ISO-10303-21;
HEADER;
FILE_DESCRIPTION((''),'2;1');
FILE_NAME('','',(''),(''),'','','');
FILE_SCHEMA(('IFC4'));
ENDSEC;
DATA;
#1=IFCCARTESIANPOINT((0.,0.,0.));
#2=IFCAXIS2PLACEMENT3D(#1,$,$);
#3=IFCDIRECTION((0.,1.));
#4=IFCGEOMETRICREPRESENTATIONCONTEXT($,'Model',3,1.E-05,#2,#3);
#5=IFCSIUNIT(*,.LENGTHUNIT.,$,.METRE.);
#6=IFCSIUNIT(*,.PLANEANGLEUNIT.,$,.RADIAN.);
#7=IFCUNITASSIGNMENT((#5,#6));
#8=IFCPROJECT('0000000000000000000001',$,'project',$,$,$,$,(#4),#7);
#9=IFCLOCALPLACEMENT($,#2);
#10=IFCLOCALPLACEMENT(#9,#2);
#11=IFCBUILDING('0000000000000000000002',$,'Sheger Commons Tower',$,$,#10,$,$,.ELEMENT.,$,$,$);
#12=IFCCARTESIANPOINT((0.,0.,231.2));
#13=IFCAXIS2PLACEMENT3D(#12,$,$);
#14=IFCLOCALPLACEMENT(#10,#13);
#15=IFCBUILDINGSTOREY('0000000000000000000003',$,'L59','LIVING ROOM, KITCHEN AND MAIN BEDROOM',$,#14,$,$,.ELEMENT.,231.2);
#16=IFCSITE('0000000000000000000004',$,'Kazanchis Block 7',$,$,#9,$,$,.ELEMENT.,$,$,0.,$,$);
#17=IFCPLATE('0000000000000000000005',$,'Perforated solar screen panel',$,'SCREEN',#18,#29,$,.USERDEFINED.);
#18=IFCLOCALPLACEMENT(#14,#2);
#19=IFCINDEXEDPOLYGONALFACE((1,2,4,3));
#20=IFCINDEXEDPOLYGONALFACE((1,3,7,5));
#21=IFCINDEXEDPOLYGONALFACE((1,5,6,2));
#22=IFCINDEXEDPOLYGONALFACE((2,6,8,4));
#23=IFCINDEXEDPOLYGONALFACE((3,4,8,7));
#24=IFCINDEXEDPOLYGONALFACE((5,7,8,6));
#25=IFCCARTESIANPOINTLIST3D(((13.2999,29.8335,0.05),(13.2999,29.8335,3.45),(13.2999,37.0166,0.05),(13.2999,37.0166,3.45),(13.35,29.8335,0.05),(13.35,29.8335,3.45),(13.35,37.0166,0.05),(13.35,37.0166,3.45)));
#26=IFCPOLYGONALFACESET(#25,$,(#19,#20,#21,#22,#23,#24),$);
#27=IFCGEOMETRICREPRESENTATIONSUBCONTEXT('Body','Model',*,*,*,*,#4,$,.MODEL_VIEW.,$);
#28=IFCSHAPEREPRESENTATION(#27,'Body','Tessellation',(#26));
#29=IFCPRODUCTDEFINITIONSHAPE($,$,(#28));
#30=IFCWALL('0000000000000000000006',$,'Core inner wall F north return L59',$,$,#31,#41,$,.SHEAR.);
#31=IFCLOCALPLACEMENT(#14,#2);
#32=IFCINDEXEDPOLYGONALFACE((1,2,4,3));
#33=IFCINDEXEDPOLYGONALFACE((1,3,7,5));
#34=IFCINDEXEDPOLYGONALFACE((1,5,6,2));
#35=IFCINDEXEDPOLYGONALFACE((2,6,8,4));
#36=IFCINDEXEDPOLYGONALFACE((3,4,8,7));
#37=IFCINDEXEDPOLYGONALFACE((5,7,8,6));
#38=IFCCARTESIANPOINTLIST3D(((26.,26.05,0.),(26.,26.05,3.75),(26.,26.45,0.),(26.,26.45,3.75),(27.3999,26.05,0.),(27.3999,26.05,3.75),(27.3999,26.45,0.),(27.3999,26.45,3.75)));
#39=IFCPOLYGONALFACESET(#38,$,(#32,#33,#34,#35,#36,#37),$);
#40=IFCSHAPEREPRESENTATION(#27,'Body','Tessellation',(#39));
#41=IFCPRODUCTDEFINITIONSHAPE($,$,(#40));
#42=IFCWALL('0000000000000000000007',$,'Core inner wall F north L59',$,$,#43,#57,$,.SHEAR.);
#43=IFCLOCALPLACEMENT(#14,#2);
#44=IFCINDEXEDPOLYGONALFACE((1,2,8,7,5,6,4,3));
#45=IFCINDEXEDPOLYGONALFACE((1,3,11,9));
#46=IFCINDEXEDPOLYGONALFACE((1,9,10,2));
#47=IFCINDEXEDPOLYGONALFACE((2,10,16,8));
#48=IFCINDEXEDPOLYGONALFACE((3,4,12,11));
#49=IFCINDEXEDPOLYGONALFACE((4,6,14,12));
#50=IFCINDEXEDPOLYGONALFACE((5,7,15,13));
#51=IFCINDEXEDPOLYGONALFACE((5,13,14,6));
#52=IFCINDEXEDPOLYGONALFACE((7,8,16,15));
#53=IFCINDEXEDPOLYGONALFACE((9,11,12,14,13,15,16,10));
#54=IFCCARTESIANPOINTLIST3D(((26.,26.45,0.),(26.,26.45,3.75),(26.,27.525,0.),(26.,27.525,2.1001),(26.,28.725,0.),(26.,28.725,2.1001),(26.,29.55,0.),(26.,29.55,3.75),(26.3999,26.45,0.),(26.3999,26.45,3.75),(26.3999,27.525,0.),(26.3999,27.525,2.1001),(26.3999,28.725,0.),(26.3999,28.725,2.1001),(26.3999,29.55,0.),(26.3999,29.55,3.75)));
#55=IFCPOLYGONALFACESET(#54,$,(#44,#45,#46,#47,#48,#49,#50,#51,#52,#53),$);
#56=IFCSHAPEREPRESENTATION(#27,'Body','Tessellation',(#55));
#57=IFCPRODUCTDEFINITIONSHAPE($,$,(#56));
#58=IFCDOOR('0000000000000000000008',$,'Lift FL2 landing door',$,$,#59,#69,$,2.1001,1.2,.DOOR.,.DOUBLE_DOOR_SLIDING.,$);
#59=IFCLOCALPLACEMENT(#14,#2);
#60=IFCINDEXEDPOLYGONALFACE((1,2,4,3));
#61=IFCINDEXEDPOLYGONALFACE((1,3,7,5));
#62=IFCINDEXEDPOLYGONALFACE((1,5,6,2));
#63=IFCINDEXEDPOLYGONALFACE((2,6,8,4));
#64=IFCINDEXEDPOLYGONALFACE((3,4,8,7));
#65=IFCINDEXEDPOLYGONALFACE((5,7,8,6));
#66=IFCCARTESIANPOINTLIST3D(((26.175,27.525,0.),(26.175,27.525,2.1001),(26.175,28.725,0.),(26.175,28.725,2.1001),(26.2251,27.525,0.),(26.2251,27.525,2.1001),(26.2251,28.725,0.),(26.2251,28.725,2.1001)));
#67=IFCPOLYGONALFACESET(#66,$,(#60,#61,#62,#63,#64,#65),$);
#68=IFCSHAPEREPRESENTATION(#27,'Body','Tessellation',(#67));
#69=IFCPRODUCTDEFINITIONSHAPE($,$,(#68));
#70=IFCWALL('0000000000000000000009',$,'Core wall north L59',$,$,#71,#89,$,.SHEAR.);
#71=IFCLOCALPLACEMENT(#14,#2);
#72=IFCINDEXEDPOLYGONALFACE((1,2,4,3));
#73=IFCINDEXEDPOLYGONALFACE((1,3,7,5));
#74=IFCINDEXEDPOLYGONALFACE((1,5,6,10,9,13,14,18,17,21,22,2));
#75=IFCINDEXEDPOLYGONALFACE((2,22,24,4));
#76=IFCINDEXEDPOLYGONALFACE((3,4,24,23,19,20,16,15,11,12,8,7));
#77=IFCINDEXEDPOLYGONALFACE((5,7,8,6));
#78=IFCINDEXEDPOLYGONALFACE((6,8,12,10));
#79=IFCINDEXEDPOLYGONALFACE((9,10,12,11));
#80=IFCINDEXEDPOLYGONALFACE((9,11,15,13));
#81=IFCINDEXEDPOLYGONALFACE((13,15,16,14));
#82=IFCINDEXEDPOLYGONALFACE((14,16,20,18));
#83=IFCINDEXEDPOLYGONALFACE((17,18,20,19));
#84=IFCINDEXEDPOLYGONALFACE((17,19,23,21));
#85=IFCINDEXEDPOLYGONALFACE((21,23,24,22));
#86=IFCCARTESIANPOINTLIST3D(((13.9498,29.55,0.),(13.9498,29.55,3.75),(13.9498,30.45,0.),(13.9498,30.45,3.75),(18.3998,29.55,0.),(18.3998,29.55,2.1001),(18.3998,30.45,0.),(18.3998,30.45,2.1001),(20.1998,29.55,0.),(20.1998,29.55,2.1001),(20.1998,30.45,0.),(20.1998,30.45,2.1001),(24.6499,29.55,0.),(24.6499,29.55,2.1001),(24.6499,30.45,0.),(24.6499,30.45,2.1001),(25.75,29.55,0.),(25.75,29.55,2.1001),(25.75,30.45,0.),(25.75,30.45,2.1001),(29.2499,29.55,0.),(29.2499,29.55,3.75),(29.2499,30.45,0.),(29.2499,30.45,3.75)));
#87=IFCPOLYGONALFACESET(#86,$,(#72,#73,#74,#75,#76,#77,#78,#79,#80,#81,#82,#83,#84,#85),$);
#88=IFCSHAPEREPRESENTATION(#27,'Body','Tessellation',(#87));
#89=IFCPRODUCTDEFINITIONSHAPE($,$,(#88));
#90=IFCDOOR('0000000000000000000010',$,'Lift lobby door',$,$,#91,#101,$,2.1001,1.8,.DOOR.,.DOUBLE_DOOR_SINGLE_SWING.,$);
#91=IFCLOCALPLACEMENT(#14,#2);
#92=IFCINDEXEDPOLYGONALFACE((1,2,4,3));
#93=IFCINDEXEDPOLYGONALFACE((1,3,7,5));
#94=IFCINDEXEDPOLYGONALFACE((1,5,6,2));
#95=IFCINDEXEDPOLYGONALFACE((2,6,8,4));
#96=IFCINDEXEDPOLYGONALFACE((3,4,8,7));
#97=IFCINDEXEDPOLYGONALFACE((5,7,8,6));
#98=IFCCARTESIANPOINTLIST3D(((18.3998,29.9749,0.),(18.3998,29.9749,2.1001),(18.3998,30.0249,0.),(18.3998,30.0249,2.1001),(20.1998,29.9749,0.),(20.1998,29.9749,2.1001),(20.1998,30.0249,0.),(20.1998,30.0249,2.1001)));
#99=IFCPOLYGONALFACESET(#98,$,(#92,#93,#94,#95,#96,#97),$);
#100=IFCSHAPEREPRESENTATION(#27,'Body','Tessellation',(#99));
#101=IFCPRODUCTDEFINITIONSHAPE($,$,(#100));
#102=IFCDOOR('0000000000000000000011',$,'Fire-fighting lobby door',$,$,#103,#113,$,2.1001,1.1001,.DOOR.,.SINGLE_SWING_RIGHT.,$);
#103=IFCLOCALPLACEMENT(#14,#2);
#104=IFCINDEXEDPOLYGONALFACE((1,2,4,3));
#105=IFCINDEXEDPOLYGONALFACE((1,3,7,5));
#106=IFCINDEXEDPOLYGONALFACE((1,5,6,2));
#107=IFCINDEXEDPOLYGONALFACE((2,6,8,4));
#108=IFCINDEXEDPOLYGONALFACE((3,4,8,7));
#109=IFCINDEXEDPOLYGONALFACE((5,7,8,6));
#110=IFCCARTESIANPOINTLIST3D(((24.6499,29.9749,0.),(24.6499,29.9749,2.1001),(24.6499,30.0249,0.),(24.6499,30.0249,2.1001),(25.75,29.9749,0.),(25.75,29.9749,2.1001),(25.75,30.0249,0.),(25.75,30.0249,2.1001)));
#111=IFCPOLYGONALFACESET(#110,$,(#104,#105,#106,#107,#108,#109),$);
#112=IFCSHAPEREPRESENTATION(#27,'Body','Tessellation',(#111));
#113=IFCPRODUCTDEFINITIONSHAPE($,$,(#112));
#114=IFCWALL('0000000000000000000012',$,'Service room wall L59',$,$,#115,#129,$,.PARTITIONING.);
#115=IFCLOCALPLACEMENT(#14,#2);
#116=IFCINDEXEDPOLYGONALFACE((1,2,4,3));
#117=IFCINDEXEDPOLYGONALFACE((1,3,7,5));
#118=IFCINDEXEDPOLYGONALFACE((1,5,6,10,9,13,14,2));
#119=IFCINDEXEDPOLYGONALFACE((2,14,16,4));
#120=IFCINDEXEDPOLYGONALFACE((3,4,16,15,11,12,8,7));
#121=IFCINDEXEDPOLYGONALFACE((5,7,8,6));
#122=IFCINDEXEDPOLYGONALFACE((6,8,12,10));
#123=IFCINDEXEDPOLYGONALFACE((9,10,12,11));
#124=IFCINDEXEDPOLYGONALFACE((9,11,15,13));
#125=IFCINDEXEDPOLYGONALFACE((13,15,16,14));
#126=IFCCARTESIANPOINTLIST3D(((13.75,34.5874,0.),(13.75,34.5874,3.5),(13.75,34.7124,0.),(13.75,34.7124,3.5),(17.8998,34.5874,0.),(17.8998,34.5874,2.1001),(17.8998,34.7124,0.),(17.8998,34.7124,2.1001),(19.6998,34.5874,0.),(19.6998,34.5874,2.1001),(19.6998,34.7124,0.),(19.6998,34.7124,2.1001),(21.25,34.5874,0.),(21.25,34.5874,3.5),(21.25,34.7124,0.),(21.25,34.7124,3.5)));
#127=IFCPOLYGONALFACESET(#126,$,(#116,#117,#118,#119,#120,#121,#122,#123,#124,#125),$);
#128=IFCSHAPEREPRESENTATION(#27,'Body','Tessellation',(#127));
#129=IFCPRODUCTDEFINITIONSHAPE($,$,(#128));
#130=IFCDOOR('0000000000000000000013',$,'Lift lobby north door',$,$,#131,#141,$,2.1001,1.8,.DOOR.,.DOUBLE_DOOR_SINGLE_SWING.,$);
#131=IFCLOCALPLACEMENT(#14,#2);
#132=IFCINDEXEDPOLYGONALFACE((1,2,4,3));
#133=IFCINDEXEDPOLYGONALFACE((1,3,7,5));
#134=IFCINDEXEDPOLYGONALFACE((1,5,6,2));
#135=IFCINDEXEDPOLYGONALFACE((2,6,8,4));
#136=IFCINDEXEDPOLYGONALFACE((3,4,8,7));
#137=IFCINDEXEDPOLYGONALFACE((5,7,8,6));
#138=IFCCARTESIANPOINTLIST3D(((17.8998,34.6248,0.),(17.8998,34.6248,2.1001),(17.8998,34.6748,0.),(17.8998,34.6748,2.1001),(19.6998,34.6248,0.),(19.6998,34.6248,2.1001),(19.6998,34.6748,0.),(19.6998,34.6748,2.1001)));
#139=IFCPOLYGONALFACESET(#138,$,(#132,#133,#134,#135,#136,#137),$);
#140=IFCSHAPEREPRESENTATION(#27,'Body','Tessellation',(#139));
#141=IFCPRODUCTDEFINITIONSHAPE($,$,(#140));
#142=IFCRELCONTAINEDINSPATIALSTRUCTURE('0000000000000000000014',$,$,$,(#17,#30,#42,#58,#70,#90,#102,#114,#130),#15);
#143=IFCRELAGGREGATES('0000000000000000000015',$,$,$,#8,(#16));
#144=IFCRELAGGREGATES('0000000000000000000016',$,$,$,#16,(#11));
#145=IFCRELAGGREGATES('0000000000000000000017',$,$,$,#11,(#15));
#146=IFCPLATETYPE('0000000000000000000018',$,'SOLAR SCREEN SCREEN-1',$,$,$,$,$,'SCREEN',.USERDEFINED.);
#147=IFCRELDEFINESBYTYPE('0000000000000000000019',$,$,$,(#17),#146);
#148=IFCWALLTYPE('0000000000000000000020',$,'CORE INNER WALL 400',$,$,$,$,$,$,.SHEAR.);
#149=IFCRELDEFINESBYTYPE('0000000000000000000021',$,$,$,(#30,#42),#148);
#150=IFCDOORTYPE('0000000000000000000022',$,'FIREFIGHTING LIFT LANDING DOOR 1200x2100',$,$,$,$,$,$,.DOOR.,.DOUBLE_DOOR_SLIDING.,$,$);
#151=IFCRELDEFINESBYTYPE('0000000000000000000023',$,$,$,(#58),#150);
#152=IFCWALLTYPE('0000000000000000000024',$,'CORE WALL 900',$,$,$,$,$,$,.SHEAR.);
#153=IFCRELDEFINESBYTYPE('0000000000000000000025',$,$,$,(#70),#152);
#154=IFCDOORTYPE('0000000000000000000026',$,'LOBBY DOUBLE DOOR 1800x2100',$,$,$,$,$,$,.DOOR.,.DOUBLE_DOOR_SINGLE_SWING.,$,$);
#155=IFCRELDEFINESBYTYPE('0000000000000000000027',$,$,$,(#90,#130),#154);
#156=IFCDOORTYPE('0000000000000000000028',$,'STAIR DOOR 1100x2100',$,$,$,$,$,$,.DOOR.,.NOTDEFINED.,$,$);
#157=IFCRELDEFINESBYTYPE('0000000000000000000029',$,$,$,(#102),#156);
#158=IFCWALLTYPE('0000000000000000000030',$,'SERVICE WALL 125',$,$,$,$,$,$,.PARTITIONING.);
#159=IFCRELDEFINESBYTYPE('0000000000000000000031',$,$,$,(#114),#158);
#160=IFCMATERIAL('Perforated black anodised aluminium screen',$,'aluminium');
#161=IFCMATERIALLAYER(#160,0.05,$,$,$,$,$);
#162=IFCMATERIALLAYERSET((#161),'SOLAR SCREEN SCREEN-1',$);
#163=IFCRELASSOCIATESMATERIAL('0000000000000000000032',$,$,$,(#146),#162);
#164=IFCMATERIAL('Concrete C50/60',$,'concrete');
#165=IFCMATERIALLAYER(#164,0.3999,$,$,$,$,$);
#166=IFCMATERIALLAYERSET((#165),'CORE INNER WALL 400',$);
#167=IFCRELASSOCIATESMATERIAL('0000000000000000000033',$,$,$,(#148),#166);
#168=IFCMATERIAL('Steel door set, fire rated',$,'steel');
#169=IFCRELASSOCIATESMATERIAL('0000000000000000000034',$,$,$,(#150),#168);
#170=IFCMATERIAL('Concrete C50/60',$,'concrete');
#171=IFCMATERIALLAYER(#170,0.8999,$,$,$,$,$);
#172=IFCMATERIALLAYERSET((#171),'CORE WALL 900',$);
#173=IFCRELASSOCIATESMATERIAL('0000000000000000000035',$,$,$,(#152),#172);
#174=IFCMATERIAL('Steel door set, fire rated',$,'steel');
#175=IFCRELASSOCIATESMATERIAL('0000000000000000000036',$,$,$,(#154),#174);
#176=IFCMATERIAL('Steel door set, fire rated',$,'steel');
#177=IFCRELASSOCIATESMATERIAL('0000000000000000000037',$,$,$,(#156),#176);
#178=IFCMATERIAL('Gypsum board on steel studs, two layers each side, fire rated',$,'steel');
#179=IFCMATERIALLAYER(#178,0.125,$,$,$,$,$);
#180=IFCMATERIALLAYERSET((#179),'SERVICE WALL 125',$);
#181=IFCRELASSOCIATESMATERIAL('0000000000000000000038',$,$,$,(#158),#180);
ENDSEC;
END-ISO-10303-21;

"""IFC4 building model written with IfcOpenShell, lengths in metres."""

from ifc_helpers import new_model, si_unit, direction, frame, frame_2d, origin, origin_2d, place, context, subcontext, project, spatial, rectangle, extrude, material, layer, layer_set, type_object, element, fill, save


model = new_model("IFC4")

# Units and contexts
model_context = context("Model", 3, precision=1e-05, world=origin(), true_north=direction((0.0, 1.0)))
body_context = subcontext(model_context, "Body", "Model", "MODEL_VIEW")
ifc_project = project(units=[si_unit("LENGTHUNIT", "METRE"), si_unit("PLANEANGLEUNIT", "RADIAN")], contexts=[model_context])

# Site, building, storey
site_placement = place(None, origin())
site = spatial("IfcSite", under=ifc_project, at=site_placement, Name="Kazanchis Block 7", CompositionType="ELEMENT", RefElevation=0.0)
building_placement = place(site_placement, origin())
building = spatial("IfcBuilding", under=site, at=building_placement, Name="Sheger Commons Tower", CompositionType="ELEMENT")
storey_placement = place(building_placement, frame((0.0, 0.0, 231.2)))
storey = spatial("IfcBuildingStorey", under=building, at=storey_placement, Name="L59", Description="LIVING ROOM, KITCHEN AND MAIN BEDROOM", CompositionType="ELEMENT", Elevation=231.2)

# Plate
ifc_material_1 = material(Name="Perforated black anodised aluminium screen", Category="aluminium")
ifc_layer_1 = layer(ifc_material_1, 0.05)
ifc_layer_set_1 = layer_set([ifc_layer_1], Name="SOLAR SCREEN SCREEN-1")
plate_type = type_object("IfcPlateType", Name="SOLAR SCREEN SCREEN-1", ElementType="SCREEN", PredefinedType="USERDEFINED", material=ifc_layer_set_1)
plate_placement = place(storey_placement, frame((13.325, 33.425, 0.05), z_axis=(0.0, 0.0, 1.0), x_axis=(0.0, -1.0, 0.0)))
element("IfcPlate", 1, at=plate_placement, inside=storey, type_object=plate_type, Name="Perforated solar screen panel", ObjectType="SCREEN", PredefinedType="USERDEFINED", context=body_context, shape_type="SweptSolid", body=[
    extrude(rectangle(XDim=7.1831, YDim=0.05, at=origin_2d()), origin(), (0.0, 0.0, 1.0), 3.3999),
])

# Wall
ifc_material_2 = material(Name="Concrete C50/60", Category="concrete")
ifc_layer_2 = layer(ifc_material_2, 0.3999)
ifc_layer_set_2 = layer_set([ifc_layer_2], Name="CORE INNER WALL 400")
wall_type_1 = type_object("IfcWallType", Name="CORE INNER WALL 400", PredefinedType="SHEAR", material=ifc_layer_set_2)
wall_1_placement = place(storey_placement, frame((26.0, 26.25, 0.0), z_axis=(0.0, 0.0, 1.0), x_axis=(1.0, 0.0, 0.0)))
element("IfcWall", 2, at=wall_1_placement, inside=storey, type_object=wall_type_1, Name="Core inner wall F north return L59", PredefinedType="SHEAR", context=body_context, shape_type="SweptSolid", body=[
    extrude(rectangle(XDim=1.3999, YDim=0.3999, at=frame_2d((0.7, 0.0))), origin(), (0.0, 0.0, 1.0), 3.75),
])

# Wall, opening, door
wall_2_placement = place(storey_placement, frame((26.2, 26.45, 0.0), z_axis=(0.0, 0.0, 1.0), x_axis=(0.0, 1.0, 0.0)))
wall_2 = element("IfcWall", 3, at=wall_2_placement, inside=storey, type_object=wall_type_1, Name="Core inner wall F north L59", PredefinedType="SHEAR", context=body_context, shape_type="SweptSolid", body=[
    extrude(rectangle(XDim=3.1001, YDim=0.3999, at=frame_2d((1.55, 0.0))), origin(), (0.0, 0.0, 1.0), 3.75),
])
opening_1_placement = place(wall_2_placement, frame((1.075, 0.0, 0.0)))
opening_1 = element("IfcOpeningElement", 4, at=opening_1_placement, cuts=wall_2, PredefinedType="OPENING", context=body_context, shape_type="SweptSolid", body=[
    extrude(rectangle(XDim=1.2, YDim=2.1001, at=frame_2d((0.6001, 1.05))), frame((0.0, 0.21, 0.0), z_axis=(0.0, -1.0, 0.0), x_axis=(1.0, 0.0, 0.0)), (0.0, 0.0, 1.0), 0.4199),
])
ifc_material_3 = material(Name="Steel door set, fire rated", Category="steel")
door_type_1 = type_object("IfcDoorType", Name="FIREFIGHTING LIFT LANDING DOOR 1200x2100", OperationType="DOUBLE_DOOR_SLIDING", PredefinedType="DOOR", material=ifc_material_3)
door_1_placement = place(opening_1_placement, origin())
door_1 = element("IfcDoor", 5, at=door_1_placement, inside=storey, type_object=door_type_1, Name="Lift FL2 landing door", OperationType="DOUBLE_DOOR_SLIDING", OverallHeight=2.1001, OverallWidth=1.2, PredefinedType="DOOR", context=body_context, shape_type="SweptSolid", body=[
    extrude(rectangle(XDim=1.2, YDim=2.1001, at=frame_2d((0.6001, 1.05))), frame((0.0, 0.0249, 0.0), z_axis=(0.0, -1.0, 0.0), x_axis=(1.0, 0.0, 0.0)), (0.0, 0.0, 1.0), 0.05),
])
fill(opening_1, door_1)

# Wall, openings, doors
ifc_material_4 = material(Name="Concrete C50/60", Category="concrete")
ifc_layer_3 = layer(ifc_material_4, 0.8999)
ifc_layer_set_3 = layer_set([ifc_layer_3], Name="CORE WALL 900")
wall_type_2 = type_object("IfcWallType", Name="CORE WALL 900", PredefinedType="SHEAR", material=ifc_layer_set_3)
wall_3_placement = place(storey_placement, frame((13.95, 30.0, 0.0), z_axis=(0.0, 0.0, 1.0), x_axis=(1.0, 0.0, 0.0)))
wall_3 = element("IfcWall", 6, at=wall_3_placement, inside=storey, type_object=wall_type_2, Name="Core wall north L59", PredefinedType="SHEAR", context=body_context, shape_type="SweptSolid", body=[
    extrude(rectangle(XDim=15.3, YDim=0.8999, at=frame_2d((7.6499, 0.0))), origin(), (0.0, 0.0, 1.0), 3.75),
])
opening_2_placement = place(wall_3_placement, frame((4.45, 0.0, 0.0)))
opening_2 = element("IfcOpeningElement", 7, at=opening_2_placement, cuts=wall_3, PredefinedType="OPENING", context=body_context, shape_type="SweptSolid", body=[
    extrude(rectangle(XDim=1.8, YDim=2.1001, at=frame_2d((0.8999, 1.05))), frame((0.0, 0.46, 0.0), z_axis=(0.0, -1.0, 0.0), x_axis=(1.0, 0.0, 0.0)), (0.0, 0.0, 1.0), 0.9199),
])
opening_3_placement = place(wall_3_placement, frame((10.7, 0.0, 0.0)))
opening_3 = element("IfcOpeningElement", 8, at=opening_3_placement, cuts=wall_3, PredefinedType="OPENING", context=body_context, shape_type="SweptSolid", body=[
    extrude(rectangle(XDim=1.1001, YDim=2.1001, at=frame_2d((0.55, 1.05))), frame((0.0, 0.46, 0.0), z_axis=(0.0, -1.0, 0.0), x_axis=(1.0, 0.0, 0.0)), (0.0, 0.0, 1.0), 0.9199),
])
ifc_material_5 = material(Name="Steel door set, fire rated", Category="steel")
door_type_2 = type_object("IfcDoorType", Name="LOBBY DOUBLE DOOR 1800x2100", OperationType="DOUBLE_DOOR_SINGLE_SWING", PredefinedType="DOOR", material=ifc_material_5)
door_2_placement = place(opening_2_placement, origin())
door_2 = element("IfcDoor", 9, at=door_2_placement, inside=storey, type_object=door_type_2, Name="Lift lobby door", OperationType="DOUBLE_DOOR_SINGLE_SWING", OverallHeight=2.1001, OverallWidth=1.8, PredefinedType="DOOR", context=body_context, shape_type="SweptSolid", body=[
    extrude(rectangle(XDim=1.8, YDim=2.1001, at=frame_2d((0.8999, 1.05))), frame((0.0, 0.0249, 0.0), z_axis=(0.0, -1.0, 0.0), x_axis=(1.0, 0.0, 0.0)), (0.0, 0.0, 1.0), 0.05),
])
fill(opening_2, door_2)
ifc_material_6 = material(Name="Steel door set, fire rated", Category="steel")
door_type_3 = type_object("IfcDoorType", Name="STAIR DOOR 1100x2100", OperationType="NOTDEFINED", PredefinedType="DOOR", material=ifc_material_6)
door_3_placement = place(opening_3_placement, origin())
door_3 = element("IfcDoor", 10, at=door_3_placement, inside=storey, type_object=door_type_3, Name="Fire-fighting lobby door", OperationType="SINGLE_SWING_RIGHT", OverallHeight=2.1001, OverallWidth=1.1001, PredefinedType="DOOR", context=body_context, shape_type="SweptSolid", body=[
    extrude(rectangle(XDim=1.1001, YDim=2.1001, at=frame_2d((0.55, 1.05))), frame((0.0, 0.0249, 0.0), z_axis=(0.0, -1.0, 0.0), x_axis=(1.0, 0.0, 0.0)), (0.0, 0.0, 1.0), 0.05),
])
fill(opening_3, door_3)

# Wall, opening, door
ifc_material_7 = material(Name="Gypsum board on steel studs, two layers each side, fire rated", Category="steel")
ifc_layer_4 = layer(ifc_material_7, 0.125)
ifc_layer_set_4 = layer_set([ifc_layer_4], Name="SERVICE WALL 125")
wall_type_3 = type_object("IfcWallType", Name="SERVICE WALL 125", PredefinedType="PARTITIONING", material=ifc_layer_set_4)
wall_4_placement = place(storey_placement, frame((13.75, 34.6499, 0.0), z_axis=(0.0, 0.0, 1.0), x_axis=(1.0, 0.0, 0.0)))
wall_4 = element("IfcWall", 11, at=wall_4_placement, inside=storey, type_object=wall_type_3, Name="Service room wall L59", PredefinedType="PARTITIONING", context=body_context, shape_type="SweptSolid", body=[
    extrude(rectangle(XDim=7.5, YDim=0.125, at=frame_2d((3.75, 0.0))), origin(), (0.0, 0.0, 1.0), 3.5),
])
opening_4_placement = place(wall_4_placement, frame((4.1499, 0.0, 0.0)))
opening_4 = element("IfcOpeningElement", 12, at=opening_4_placement, cuts=wall_4, PredefinedType="OPENING", context=body_context, shape_type="SweptSolid", body=[
    extrude(rectangle(XDim=1.8, YDim=2.1001, at=frame_2d((0.8999, 1.05))), frame((0.0, 0.0725, 0.0), z_axis=(0.0, -1.0, 0.0), x_axis=(1.0, 0.0, 0.0)), (0.0, 0.0, 1.0), 0.145),
])
door_4_placement = place(opening_4_placement, origin())
door_4 = element("IfcDoor", 13, at=door_4_placement, inside=storey, type_object=door_type_2, Name="Lift lobby north door", OperationType="DOUBLE_DOOR_SINGLE_SWING", OverallHeight=2.1001, OverallWidth=1.8, PredefinedType="DOOR", context=body_context, shape_type="SweptSolid", body=[
    extrude(rectangle(XDim=1.8, YDim=2.1001, at=frame_2d((0.8999, 1.05))), frame((0.0, 0.0249, 0.0), z_axis=(0.0, -1.0, 0.0), x_axis=(1.0, 0.0, 0.0)), (0.0, 0.0, 1.0), 0.05),
])
fill(opening_4, door_4)

save(model, "model.ifc")
